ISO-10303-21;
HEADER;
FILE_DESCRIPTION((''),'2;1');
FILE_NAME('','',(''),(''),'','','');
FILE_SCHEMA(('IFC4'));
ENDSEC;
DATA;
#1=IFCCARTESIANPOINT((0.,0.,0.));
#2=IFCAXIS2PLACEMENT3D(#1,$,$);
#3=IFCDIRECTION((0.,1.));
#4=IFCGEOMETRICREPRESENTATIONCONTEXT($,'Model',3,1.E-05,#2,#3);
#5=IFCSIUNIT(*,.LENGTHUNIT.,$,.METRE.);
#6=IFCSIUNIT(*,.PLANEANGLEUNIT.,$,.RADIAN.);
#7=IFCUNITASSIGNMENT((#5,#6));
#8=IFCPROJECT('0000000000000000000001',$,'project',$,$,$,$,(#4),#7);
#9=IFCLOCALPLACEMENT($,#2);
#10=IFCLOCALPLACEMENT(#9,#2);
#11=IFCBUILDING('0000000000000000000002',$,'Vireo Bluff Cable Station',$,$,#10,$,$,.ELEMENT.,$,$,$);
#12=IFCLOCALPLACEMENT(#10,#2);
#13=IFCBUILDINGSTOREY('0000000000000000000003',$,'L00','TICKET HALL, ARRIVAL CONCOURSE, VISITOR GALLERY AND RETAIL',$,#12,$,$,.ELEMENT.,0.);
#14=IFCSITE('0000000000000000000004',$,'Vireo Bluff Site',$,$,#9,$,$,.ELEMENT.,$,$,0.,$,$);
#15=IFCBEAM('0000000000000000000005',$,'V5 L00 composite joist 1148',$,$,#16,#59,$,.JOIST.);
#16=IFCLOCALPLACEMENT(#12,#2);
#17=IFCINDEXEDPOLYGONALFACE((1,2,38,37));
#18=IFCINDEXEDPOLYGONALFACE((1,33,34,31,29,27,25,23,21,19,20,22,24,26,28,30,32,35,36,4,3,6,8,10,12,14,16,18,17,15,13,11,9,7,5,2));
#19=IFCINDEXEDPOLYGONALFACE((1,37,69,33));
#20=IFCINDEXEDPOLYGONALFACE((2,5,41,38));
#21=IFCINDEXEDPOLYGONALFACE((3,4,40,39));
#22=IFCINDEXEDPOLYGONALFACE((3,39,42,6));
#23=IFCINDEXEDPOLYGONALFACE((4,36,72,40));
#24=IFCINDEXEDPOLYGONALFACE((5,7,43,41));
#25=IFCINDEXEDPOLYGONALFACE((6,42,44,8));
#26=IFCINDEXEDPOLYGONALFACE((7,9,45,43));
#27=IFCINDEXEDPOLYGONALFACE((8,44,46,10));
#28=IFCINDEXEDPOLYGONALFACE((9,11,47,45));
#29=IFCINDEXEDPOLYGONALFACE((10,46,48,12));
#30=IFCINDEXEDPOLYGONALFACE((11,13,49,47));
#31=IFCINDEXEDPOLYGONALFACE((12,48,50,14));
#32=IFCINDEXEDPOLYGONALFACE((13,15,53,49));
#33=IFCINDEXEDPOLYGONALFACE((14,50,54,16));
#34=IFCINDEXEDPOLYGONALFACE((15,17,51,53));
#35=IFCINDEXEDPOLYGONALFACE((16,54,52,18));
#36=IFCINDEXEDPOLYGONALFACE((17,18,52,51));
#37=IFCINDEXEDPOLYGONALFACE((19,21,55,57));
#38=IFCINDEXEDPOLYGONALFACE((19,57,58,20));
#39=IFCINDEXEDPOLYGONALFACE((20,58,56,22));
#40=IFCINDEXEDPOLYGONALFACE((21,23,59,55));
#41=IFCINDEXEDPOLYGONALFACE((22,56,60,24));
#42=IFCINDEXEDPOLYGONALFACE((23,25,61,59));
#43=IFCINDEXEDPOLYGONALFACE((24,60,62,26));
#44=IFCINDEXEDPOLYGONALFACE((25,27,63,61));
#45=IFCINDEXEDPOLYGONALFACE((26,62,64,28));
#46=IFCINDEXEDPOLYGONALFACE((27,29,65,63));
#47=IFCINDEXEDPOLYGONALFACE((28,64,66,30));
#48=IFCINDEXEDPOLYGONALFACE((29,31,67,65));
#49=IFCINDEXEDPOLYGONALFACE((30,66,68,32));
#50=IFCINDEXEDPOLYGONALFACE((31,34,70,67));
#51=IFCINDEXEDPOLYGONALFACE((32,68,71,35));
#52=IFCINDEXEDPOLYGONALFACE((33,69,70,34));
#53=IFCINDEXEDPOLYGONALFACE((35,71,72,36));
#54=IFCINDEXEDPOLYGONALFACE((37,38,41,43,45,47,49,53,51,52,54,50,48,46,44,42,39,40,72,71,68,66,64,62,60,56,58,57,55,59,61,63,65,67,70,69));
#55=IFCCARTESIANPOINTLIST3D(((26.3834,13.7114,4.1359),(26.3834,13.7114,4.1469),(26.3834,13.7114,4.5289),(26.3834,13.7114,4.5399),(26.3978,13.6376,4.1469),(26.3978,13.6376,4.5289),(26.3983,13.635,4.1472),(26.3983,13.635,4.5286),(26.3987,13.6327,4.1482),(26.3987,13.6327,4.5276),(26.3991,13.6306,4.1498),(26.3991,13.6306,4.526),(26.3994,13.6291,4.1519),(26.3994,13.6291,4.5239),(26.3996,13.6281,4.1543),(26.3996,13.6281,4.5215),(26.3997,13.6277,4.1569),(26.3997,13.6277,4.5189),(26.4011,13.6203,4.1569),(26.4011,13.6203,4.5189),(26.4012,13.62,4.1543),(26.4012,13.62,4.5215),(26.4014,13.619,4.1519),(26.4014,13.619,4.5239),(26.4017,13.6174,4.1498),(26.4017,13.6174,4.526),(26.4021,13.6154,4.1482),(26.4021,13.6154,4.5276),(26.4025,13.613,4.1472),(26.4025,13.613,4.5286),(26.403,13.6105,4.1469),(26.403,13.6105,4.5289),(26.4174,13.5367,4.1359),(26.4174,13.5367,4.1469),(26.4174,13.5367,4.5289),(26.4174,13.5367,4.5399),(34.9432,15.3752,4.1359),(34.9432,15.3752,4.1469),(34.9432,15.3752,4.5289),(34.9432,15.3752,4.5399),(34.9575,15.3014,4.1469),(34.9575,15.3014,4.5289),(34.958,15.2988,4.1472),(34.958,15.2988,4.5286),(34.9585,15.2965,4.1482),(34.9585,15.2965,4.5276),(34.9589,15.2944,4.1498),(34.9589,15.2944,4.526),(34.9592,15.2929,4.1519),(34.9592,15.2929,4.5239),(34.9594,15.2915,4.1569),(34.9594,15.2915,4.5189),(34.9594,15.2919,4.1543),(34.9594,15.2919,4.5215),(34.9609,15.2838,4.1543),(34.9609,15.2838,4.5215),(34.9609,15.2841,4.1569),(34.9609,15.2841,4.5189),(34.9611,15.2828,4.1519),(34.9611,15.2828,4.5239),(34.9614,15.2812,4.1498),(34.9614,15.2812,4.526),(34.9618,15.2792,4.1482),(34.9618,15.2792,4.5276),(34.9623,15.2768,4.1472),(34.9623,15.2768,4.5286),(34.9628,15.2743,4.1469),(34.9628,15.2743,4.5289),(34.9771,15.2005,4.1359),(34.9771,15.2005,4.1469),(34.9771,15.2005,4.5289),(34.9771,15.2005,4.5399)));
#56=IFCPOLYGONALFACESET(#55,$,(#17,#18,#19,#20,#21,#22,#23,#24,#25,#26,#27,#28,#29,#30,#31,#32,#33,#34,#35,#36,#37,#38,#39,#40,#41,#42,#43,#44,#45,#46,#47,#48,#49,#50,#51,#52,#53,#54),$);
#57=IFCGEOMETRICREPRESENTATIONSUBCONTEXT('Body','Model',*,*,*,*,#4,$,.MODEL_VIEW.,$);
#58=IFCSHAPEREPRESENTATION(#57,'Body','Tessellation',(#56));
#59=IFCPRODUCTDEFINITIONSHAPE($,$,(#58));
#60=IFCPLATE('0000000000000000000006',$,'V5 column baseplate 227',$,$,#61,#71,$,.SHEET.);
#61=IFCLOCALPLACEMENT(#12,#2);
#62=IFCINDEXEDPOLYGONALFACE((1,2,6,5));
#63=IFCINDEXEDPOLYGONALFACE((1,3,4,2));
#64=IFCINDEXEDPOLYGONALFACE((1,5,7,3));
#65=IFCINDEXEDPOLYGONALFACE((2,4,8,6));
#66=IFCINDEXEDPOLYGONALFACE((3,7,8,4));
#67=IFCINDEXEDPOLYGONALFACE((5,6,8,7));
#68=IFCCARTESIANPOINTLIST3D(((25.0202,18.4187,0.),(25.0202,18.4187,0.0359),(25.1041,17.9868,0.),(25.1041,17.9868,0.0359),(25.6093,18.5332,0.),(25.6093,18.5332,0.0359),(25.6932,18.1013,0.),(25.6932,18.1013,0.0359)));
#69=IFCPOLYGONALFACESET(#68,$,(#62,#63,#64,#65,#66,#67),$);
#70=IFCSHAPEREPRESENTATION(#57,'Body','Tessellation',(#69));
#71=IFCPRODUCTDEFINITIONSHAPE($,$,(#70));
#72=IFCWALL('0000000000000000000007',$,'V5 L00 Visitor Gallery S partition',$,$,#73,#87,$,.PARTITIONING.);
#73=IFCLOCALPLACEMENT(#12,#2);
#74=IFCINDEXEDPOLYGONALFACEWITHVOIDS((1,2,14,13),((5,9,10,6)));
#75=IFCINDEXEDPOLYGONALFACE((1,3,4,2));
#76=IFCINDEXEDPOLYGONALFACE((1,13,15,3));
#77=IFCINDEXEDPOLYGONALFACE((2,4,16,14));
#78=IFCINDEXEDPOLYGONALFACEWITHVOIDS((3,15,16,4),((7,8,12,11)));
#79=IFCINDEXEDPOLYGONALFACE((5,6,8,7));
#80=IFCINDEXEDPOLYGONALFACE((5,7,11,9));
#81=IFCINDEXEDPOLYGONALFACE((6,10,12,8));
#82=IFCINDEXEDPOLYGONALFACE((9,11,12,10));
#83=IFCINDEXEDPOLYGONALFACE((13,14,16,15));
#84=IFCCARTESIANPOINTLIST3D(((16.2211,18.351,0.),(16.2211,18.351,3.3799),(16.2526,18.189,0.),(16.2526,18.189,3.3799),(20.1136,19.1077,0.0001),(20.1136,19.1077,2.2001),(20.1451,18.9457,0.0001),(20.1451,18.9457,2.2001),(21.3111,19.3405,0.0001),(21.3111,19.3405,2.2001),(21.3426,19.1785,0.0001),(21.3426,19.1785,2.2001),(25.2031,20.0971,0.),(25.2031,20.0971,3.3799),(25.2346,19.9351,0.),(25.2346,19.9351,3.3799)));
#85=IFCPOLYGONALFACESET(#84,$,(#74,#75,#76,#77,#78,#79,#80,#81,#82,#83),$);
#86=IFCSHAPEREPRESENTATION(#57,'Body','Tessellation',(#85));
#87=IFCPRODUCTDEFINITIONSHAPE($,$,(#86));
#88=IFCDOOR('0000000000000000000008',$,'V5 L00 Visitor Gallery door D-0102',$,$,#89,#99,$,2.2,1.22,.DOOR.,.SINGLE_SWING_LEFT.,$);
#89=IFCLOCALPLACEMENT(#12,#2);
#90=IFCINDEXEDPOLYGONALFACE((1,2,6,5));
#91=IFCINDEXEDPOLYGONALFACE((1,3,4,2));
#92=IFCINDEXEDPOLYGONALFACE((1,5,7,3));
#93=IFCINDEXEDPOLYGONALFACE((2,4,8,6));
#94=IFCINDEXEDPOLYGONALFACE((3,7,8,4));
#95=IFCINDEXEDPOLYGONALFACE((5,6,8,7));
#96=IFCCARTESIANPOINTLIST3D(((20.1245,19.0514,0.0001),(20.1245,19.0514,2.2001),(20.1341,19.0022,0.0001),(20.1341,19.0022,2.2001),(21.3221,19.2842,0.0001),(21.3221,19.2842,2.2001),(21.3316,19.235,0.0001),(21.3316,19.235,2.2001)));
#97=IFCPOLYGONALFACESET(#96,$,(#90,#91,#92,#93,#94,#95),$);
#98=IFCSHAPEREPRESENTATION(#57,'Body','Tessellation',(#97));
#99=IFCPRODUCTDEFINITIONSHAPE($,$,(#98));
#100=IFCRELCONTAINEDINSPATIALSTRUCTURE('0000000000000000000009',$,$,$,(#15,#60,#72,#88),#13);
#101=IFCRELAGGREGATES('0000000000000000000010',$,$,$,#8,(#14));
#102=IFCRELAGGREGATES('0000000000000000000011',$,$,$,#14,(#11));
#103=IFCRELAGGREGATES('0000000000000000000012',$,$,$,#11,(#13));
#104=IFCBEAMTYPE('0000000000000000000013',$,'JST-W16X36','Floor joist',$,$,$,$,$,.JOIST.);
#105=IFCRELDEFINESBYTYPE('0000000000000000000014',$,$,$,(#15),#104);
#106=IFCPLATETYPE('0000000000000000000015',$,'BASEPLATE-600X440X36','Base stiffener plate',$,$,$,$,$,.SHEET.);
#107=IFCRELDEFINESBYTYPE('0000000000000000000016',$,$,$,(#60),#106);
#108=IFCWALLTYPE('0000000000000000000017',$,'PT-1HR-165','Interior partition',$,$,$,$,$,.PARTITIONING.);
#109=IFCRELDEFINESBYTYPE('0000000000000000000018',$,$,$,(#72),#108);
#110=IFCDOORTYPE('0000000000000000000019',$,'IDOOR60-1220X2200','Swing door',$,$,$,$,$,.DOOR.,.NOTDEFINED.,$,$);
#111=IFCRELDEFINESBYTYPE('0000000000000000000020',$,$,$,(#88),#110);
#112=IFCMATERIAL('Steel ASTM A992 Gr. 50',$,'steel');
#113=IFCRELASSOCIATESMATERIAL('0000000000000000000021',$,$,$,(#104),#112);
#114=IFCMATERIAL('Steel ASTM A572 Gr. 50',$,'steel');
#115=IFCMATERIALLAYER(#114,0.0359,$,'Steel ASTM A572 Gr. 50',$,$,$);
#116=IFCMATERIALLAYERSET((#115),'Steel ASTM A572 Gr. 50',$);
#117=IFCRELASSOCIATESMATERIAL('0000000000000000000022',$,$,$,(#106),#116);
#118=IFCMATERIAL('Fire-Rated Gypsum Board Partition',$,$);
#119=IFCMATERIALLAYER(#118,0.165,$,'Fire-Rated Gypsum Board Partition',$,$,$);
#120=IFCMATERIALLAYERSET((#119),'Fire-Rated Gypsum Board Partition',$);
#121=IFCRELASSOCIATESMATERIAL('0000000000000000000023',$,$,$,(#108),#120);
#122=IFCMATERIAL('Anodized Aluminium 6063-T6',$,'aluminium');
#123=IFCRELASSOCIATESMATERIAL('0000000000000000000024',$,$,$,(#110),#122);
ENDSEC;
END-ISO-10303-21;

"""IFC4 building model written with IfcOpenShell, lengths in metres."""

from ifc_helpers import new_model, si_unit, direction, frame, frame_2d, origin, origin_with_axes, origin_2d, place, context, subcontext, project, spatial, rectangle, i_section, extrude, material, layer, layer_set, material_profile, profile_set, type_object, element, fill, save


model = new_model("IFC4")

# Units and contexts
model_context = context("Model", 3, precision=1e-05, world=origin(), true_north=direction((0.0, 1.0)))
body_context = subcontext(model_context, "Body", "Model", "MODEL_VIEW")
ifc_project = project(units=[si_unit("LENGTHUNIT", "METRE"), si_unit("PLANEANGLEUNIT", "RADIAN")], contexts=[model_context])

# Site, building, storey
site_placement = place(None, origin())
site = spatial("IfcSite", under=ifc_project, at=site_placement, Name="Vireo Bluff Site", CompositionType="ELEMENT", RefElevation=0.0)
building_placement = place(site_placement, origin())
building = spatial("IfcBuilding", under=site, at=building_placement, Name="Vireo Bluff Cable Station", CompositionType="ELEMENT")
storey_placement = place(building_placement, origin())
storey = spatial("IfcBuildingStorey", under=building, at=storey_placement, Name="L00", Description="TICKET HALL, ARRIVAL CONCOURSE, VISITOR GALLERY AND RETAIL", CompositionType="ELEMENT", Elevation=0.0)

# Shared definitions
ifc_material_1 = material(Name="Steel ASTM A992 Gr. 50", Category="steel")

# Beam
ifc_material_profile_1 = material_profile(ifc_material_1, i_section(OverallWidth=0.178, OverallDepth=0.4041, WebThickness=0.0076, FlangeThickness=0.011, FilletRadius=0.01, at=origin_2d()), Name="W16X36")
ifc_profile_set_1 = profile_set([ifc_material_profile_1], Name="Steel ASTM A992 Gr. 50")
beam_type_1 = type_object("IfcBeamType", Name="JST-W16X36", Description="Floor joist", PredefinedType="JOIST", material=ifc_profile_set_1)
beam_1_placement = place(storey_placement, frame((26.4004, 13.624, 4.3379), z_axis=(0.981628, 0.190804, 0.0), x_axis=(-0.190804, 0.981628, 0.0)))
element("IfcBeam", 1, at=beam_1_placement, inside=storey, type_object=beam_type_1, Name="V5 L00 composite joist 1148", PredefinedType="JOIST", context=body_context, shape_type="SweptSolid", body=[
    extrude(i_section(OverallWidth=0.178, OverallDepth=0.4041, WebThickness=0.0076, FlangeThickness=0.011, FilletRadius=0.01, at=origin_2d()), origin(), (0.0, 0.0, 1.0), 8.72),
])

# Plate
ifc_material_2 = material(Name="Steel ASTM A572 Gr. 50", Category="steel")
ifc_layer_1 = layer(ifc_material_2, 0.0359, Name="Steel ASTM A572 Gr. 50")
ifc_layer_set_1 = layer_set([ifc_layer_1], Name="Steel ASTM A572 Gr. 50")
plate_type = type_object("IfcPlateType", Name="BASEPLATE-600X440X36", Description="Base stiffener plate", PredefinedType="SHEET", material=ifc_layer_set_1)
plate_placement = place(storey_placement, frame((25.3567, 18.26, 0.0), z_axis=(0.0, 0.0, 1.0), x_axis=(0.981627, 0.190809, 0.0)))
element("IfcPlate", 2, at=plate_placement, inside=storey, type_object=plate_type, Name="V5 column baseplate 227", PredefinedType="SHEET", context=body_context, shape_type="SweptSolid", body=[
    extrude(rectangle(XDim=0.6001, YDim=0.4399, at=origin_2d()), origin(), (0.0, 0.0, 1.0), 0.0359),
])

# Wall, opening, door
ifc_material_3 = material(Name="Fire-Rated Gypsum Board Partition")
ifc_layer_2 = layer(ifc_material_3, 0.165, Name="Fire-Rated Gypsum Board Partition")
ifc_layer_set_2 = layer_set([ifc_layer_2], Name="Fire-Rated Gypsum Board Partition")
wall_type = type_object("IfcWallType", Name="PT-1HR-165", Description="Interior partition", PredefinedType="PARTITIONING", material=ifc_layer_set_2)
wall_placement = place(storey_placement, frame((25.219, 20.0161, 0.0), z_axis=(0.0, 0.0, 1.0), x_axis=(-0.981623, -0.190828, 0.0)))
wall = element("IfcWall", 3, at=wall_placement, inside=storey, type_object=wall_type, Name="V5 L00 Visitor Gallery S partition", PredefinedType="PARTITIONING", context=body_context, shape_type="SweptSolid", body=[
    extrude(rectangle(XDim=9.1501, YDim=0.165, at=frame_2d((4.5752, 0.0))), origin(), (0.0, 0.0, 1.0), 3.3799),
])
opening_placement = place(wall_placement, frame((3.9651, 0.0, 0.0)))
opening = element("IfcOpeningElement", 4, at=opening_placement, cuts=wall, PredefinedType="OPENING", context=body_context, shape_type="SweptSolid", body=[
    extrude(rectangle(XDim=1.22, YDim=2.2, at=frame_2d((0.6099, 1.1001))), frame((0.0, 0.0925, 0.0), z_axis=(0.0, -1.0, 0.0), x_axis=(1.0, 0.0, 0.0)), (0.0, 0.0, 1.0), 0.1851),
])
ifc_material_4 = material(Name="Anodized Aluminium 6063-T6", Category="aluminium")
door_type = type_object("IfcDoorType", Name="IDOOR60-1220X2200", Description="Swing door", OperationType="NOTDEFINED", PredefinedType="DOOR", material=ifc_material_4)
door_placement = place(opening_placement, origin_with_axes())
door = element("IfcDoor", 5, at=door_placement, inside=storey, type_object=door_type, Name="V5 L00 Visitor Gallery door D-0102", OperationType="SINGLE_SWING_LEFT", OverallHeight=2.2, OverallWidth=1.22, PredefinedType="DOOR", context=body_context, shape_type="SweptSolid", body=[
    extrude(rectangle(XDim=1.22, YDim=2.2, at=frame_2d((0.6099, 1.1001))), frame((0.0, 0.0249, 0.0), z_axis=(0.0, -1.0, 0.0), x_axis=(1.0, 0.0, 0.0)), (0.0, 0.0, 1.0), 0.05),
])
fill(opening, door)

save(model, "model.ifc")
